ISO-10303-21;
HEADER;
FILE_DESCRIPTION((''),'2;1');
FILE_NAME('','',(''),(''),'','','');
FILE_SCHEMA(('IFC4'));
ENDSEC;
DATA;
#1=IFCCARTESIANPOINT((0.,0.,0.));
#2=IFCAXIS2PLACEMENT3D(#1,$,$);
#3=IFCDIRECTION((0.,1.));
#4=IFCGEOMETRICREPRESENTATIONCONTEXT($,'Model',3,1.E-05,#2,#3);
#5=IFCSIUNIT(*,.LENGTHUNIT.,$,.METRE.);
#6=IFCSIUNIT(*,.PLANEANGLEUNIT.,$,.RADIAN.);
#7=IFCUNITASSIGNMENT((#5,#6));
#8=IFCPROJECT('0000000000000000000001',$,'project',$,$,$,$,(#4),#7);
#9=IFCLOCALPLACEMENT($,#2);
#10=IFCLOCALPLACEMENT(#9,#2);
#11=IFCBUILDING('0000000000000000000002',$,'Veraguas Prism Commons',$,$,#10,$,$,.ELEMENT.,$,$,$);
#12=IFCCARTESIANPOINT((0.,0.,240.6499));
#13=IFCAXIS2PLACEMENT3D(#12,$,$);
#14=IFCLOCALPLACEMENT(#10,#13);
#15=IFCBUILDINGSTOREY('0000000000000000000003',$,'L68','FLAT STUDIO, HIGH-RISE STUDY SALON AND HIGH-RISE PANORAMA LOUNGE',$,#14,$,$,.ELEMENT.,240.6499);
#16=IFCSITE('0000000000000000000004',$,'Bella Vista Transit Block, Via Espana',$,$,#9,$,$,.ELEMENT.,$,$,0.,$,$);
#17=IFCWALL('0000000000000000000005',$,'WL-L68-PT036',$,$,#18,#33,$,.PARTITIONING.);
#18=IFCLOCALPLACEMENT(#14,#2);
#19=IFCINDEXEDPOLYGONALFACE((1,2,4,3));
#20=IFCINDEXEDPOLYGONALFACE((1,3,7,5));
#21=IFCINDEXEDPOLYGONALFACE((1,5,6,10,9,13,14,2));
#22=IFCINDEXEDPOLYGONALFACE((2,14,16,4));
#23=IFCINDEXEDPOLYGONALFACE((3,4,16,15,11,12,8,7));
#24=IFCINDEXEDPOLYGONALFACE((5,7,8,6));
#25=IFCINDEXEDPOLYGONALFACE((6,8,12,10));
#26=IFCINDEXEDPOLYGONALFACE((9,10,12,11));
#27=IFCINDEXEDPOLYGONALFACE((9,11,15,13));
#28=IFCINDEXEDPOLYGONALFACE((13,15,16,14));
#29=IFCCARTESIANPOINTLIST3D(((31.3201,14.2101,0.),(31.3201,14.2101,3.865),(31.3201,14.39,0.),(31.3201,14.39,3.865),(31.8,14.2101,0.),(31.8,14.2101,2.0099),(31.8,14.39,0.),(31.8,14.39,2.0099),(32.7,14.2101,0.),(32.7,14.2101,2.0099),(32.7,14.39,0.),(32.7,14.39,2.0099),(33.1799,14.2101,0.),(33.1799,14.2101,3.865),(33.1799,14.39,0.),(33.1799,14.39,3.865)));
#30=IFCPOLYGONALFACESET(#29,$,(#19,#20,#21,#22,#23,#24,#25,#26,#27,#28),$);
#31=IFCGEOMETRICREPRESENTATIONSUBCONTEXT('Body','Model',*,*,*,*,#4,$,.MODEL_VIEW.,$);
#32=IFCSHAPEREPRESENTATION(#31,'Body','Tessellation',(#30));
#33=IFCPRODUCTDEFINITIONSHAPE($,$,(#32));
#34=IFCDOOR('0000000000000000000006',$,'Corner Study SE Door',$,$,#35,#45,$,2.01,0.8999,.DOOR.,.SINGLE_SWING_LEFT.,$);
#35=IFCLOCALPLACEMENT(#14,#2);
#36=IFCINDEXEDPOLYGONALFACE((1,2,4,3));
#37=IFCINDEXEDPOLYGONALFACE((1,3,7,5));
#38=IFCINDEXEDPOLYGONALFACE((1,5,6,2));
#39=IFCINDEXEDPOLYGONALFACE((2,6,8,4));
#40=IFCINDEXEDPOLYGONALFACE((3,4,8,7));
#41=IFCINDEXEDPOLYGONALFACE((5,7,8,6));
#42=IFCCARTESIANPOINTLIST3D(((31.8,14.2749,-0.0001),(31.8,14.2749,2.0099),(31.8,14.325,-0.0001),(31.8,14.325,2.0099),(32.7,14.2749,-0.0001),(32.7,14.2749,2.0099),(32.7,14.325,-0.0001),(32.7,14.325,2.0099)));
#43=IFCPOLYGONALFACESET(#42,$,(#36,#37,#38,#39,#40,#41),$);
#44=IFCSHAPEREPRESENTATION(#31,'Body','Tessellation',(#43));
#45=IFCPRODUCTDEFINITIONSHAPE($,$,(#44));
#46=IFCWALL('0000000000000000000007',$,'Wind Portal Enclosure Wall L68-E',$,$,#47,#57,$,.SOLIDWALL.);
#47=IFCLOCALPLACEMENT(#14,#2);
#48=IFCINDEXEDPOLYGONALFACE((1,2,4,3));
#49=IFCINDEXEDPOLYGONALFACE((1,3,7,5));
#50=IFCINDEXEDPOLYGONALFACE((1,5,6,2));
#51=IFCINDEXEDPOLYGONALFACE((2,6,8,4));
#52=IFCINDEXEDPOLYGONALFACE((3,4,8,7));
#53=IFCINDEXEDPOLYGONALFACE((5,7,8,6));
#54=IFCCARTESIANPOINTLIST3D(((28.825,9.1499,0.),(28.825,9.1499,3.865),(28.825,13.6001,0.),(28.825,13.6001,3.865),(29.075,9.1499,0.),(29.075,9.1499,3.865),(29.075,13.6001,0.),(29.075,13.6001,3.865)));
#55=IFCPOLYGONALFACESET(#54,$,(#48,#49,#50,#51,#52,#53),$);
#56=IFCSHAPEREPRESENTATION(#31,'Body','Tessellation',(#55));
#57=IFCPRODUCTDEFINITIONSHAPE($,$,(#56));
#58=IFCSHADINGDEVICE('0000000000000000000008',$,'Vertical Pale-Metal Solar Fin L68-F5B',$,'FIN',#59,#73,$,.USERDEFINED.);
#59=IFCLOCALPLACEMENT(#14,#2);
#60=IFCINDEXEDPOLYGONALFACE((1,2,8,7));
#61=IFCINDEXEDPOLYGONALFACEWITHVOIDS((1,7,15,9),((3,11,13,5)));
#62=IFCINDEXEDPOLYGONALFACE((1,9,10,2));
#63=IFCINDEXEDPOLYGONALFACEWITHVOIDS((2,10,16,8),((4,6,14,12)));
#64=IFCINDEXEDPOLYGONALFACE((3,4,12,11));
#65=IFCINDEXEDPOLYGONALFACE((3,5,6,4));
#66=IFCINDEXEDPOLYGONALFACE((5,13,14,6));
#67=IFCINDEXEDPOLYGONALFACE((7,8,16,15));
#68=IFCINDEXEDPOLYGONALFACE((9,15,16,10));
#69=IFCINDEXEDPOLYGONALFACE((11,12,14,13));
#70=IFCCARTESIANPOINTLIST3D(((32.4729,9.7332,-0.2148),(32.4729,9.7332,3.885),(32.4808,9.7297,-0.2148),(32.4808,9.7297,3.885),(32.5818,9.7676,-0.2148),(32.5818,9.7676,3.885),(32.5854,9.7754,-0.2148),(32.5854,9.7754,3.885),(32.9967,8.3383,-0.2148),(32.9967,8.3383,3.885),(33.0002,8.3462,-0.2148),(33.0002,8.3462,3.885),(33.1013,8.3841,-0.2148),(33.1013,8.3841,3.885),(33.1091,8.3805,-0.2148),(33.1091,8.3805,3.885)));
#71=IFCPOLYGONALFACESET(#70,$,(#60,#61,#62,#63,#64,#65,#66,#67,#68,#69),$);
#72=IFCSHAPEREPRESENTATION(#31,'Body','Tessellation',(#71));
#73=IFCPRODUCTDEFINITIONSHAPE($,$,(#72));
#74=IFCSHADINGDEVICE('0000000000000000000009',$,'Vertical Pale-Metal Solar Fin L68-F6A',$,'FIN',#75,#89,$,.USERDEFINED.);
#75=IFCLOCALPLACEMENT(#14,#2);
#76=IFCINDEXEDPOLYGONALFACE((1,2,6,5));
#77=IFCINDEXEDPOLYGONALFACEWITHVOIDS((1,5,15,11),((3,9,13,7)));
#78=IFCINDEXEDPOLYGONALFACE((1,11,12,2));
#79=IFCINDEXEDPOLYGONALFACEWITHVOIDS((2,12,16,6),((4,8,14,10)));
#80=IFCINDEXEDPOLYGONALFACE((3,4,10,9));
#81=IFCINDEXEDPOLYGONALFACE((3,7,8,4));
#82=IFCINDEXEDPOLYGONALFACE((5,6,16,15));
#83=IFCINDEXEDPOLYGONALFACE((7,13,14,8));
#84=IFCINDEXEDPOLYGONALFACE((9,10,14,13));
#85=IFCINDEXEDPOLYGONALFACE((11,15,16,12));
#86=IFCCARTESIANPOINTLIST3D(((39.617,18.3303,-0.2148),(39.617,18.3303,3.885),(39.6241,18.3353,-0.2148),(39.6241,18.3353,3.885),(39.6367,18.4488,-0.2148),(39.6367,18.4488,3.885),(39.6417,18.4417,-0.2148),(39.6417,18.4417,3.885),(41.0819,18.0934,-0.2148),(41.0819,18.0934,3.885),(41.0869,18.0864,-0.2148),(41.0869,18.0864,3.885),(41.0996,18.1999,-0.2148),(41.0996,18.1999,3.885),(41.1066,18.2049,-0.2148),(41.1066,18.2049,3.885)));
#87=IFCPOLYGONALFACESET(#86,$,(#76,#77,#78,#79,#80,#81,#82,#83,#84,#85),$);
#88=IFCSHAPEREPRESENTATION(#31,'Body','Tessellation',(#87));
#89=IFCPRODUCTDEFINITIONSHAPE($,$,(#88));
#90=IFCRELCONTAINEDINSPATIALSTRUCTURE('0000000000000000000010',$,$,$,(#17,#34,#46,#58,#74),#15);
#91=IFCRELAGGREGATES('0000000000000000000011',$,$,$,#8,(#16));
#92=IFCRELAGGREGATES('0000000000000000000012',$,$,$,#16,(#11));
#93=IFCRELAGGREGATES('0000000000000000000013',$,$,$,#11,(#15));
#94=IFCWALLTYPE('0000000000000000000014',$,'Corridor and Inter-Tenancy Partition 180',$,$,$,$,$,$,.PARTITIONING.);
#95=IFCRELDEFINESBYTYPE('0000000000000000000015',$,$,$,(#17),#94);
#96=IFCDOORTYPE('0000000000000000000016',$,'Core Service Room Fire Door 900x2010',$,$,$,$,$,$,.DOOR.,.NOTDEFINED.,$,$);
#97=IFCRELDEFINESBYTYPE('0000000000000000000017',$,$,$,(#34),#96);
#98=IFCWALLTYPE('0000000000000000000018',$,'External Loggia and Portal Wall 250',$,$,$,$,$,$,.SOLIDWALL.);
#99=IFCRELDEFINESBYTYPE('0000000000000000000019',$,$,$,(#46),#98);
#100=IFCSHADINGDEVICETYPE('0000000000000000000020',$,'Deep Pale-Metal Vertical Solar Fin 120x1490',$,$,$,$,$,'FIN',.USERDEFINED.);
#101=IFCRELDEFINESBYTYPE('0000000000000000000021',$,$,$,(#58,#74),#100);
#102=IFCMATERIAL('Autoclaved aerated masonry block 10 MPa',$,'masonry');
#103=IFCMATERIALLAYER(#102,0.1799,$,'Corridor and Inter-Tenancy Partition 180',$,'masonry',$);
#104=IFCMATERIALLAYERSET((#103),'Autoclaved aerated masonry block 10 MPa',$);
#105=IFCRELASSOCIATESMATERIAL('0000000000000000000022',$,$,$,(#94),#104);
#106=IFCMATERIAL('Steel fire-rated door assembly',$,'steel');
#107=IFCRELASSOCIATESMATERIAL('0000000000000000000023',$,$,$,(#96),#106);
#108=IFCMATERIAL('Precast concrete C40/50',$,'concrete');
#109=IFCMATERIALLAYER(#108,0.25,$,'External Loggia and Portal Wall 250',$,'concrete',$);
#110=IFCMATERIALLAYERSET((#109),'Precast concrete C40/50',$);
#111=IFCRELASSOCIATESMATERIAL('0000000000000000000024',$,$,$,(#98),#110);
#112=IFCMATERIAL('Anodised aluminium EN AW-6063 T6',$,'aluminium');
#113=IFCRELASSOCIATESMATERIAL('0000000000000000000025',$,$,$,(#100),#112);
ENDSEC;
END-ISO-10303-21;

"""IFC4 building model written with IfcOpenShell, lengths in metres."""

from ifc_helpers import new_model, si_unit, direction, frame, frame_2d, origin, origin_2d, place, context, subcontext, project, spatial, rectangle, hollow_rectangle, extrude, source, transform, mapped, material, layer, layer_set, material_profile, profile_set, type_object, element, fill, save


model = new_model("IFC4")

# Units and contexts
model_context = context("Model", 3, precision=1e-05, world=origin(), true_north=direction((0.0, 1.0)))
body_context = subcontext(model_context, "Body", "Model", "MODEL_VIEW")
ifc_project = project(units=[si_unit("LENGTHUNIT", "METRE"), si_unit("PLANEANGLEUNIT", "RADIAN")], contexts=[model_context])

# Site, building, storey
site_placement = place(None, origin())
site = spatial("IfcSite", under=ifc_project, at=site_placement, Name="Bella Vista Transit Block, Via Espana", CompositionType="ELEMENT", RefElevation=0.0)
building_placement = place(site_placement, origin())
building = spatial("IfcBuilding", under=site, at=building_placement, Name="Veraguas Prism Commons", CompositionType="ELEMENT")
storey_placement = place(building_placement, frame((0.0, 0.0, 240.6499)))
storey = spatial("IfcBuildingStorey", under=building, at=storey_placement, Name="L68", Description="FLAT STUDIO, HIGH-RISE STUDY SALON AND HIGH-RISE PANORAMA LOUNGE", CompositionType="ELEMENT", Elevation=240.6499)

# Shared definitions
ifc_material_1 = material(Name="Anodised aluminium EN AW-6063 T6", Category="aluminium")

# Shared definitions
ifc_material_2 = material(Name="Autoclaved aerated masonry block 10 MPa", Category="masonry")
ifc_layer_1 = layer(ifc_material_2, 0.1799, Name="Corridor and Inter-Tenancy Partition 180", Category="masonry")
ifc_layer_set_1 = layer_set([ifc_layer_1], Name="Autoclaved aerated masonry block 10 MPa")
wall_type_1 = type_object("IfcWallType", Name="Corridor and Inter-Tenancy Partition 180", PredefinedType="PARTITIONING", material=ifc_layer_set_1)

# Shared definitions
ifc_material_3 = material(Name="Steel fire-rated door assembly", Category="steel")

# Wall, opening, door
wall_1_placement = place(storey_placement, frame((31.3201, 14.3, 0.0), z_axis=(0.0, 0.0, 1.0), x_axis=(1.0, 0.0, 0.0)))
wall_1 = element("IfcWall", 1, at=wall_1_placement, inside=storey, type_object=wall_type_1, Name="WL-L68-PT036", PredefinedType="PARTITIONING", context=body_context, shape_type="SweptSolid", body=[
    extrude(rectangle(XDim=1.8599, YDim=0.1799, at=frame_2d((0.9299, 0.0))), origin(), (0.0, 0.0, 1.0), 3.865),
])
opening_1_placement = place(wall_1_placement, frame((0.48, 0.0, 0.0)))
opening_1 = element("IfcOpeningElement", 2, at=opening_1_placement, cuts=wall_1, PredefinedType="OPENING", context=body_context, shape_type="SweptSolid", body=[
    extrude(rectangle(XDim=0.8999, YDim=2.01, at=frame_2d((0.45, 1.0049))), frame((0.0, 0.0999, 0.0), z_axis=(0.0, -1.0, 0.0), x_axis=(1.0, 0.0, 0.0)), (0.0, 0.0, 1.0), 0.2),
])
door_type_1 = type_object("IfcDoorType", Name="Core Service Room Fire Door 900x2010", OperationType="NOTDEFINED", PredefinedType="DOOR", material=ifc_material_3)
shared_shape_1 = source(origin(), body_context, "Body", "SweptSolid", [
    extrude(rectangle(XDim=0.8999, YDim=2.01, at=frame_2d((0.45, 1.0049))), frame((0.0, 0.0249, 0.0), z_axis=(0.0, -1.0, 0.0), x_axis=(1.0, 0.0, 0.0)), (0.0, 0.0, 1.0), 0.05),
])
door_1_placement = place(opening_1_placement, origin())
door_1 = element("IfcDoor", 3, at=door_1_placement, inside=storey, type_object=door_type_1, Name="Corner Study SE Door", OperationType="SINGLE_SWING_LEFT", OverallHeight=2.01, OverallWidth=0.8999, PredefinedType="DOOR", context=body_context, shape_type="MappedRepresentation", body=[
    mapped(shared_shape_1, transform((0.0, 0.0, 0.0), scale=1.0)),
])
fill(opening_1, door_1)

# Wall
ifc_material_4 = material(Name="Precast concrete C40/50", Category="concrete")
ifc_layer_2 = layer(ifc_material_4, 0.25, Name="External Loggia and Portal Wall 250", Category="concrete")
ifc_layer_set_2 = layer_set([ifc_layer_2], Name="Precast concrete C40/50")
wall_type_2 = type_object("IfcWallType", Name="External Loggia and Portal Wall 250", PredefinedType="SOLIDWALL", material=ifc_layer_set_2)
wall_2_placement = place(storey_placement, frame((28.95, 13.6001, 0.0), z_axis=(0.0, 0.0, 1.0), x_axis=(0.0, -1.0, 0.0)))
element("IfcWall", 4, at=wall_2_placement, inside=storey, type_object=wall_type_2, Name="Wind Portal Enclosure Wall L68-E", PredefinedType="SOLIDWALL", context=body_context, shape_type="SweptSolid", body=[
    extrude(rectangle(XDim=4.4502, YDim=0.25, at=frame_2d((2.2251, 0.0))), origin(), (0.0, 0.0, 1.0), 3.865),
])

# Shading devices
ifc_material_profile_1 = material_profile(ifc_material_1, hollow_rectangle(XDim=0.1201, YDim=1.49, WallThickness=0.0061, at=origin_2d()), Name="FIN120X1490X6")
ifc_profile_set_1 = profile_set([ifc_material_profile_1], Name="Anodised aluminium EN AW-6063 T6")
shading_device_type = type_object("IfcShadingDeviceType", Name="Deep Pale-Metal Vertical Solar Fin 120x1490", ElementType="FIN", PredefinedType="USERDEFINED", material=ifc_profile_set_1)
for number, where, z_axis, x_axis, name in (
    (5, (32.791, 9.0569, -0.2148), (0.0, 0.0, 1.0), (0.936182, 0.351515, 0.0), "Vertical Pale-Metal Solar Fin L68-F5B"),
    (6, (40.3618, 18.2676, -0.2148), (0.0, 0.0, 1.0), (0.163667, 0.986516, 0.0), "Vertical Pale-Metal Solar Fin L68-F6A"),
):
    element("IfcShadingDevice", number, at=place(storey_placement, frame(where, z_axis=z_axis, x_axis=x_axis)), inside=storey, type_object=shading_device_type, Name=name, ObjectType="FIN", PredefinedType="USERDEFINED", context=body_context, shape_type="SweptSolid", body=[
        extrude(hollow_rectangle(XDim=0.1201, YDim=1.49, WallThickness=0.0061, at=origin_2d()), origin(), (0.0, 0.0, 1.0), 4.0999),
    ])

save(model, "model.ifc")
